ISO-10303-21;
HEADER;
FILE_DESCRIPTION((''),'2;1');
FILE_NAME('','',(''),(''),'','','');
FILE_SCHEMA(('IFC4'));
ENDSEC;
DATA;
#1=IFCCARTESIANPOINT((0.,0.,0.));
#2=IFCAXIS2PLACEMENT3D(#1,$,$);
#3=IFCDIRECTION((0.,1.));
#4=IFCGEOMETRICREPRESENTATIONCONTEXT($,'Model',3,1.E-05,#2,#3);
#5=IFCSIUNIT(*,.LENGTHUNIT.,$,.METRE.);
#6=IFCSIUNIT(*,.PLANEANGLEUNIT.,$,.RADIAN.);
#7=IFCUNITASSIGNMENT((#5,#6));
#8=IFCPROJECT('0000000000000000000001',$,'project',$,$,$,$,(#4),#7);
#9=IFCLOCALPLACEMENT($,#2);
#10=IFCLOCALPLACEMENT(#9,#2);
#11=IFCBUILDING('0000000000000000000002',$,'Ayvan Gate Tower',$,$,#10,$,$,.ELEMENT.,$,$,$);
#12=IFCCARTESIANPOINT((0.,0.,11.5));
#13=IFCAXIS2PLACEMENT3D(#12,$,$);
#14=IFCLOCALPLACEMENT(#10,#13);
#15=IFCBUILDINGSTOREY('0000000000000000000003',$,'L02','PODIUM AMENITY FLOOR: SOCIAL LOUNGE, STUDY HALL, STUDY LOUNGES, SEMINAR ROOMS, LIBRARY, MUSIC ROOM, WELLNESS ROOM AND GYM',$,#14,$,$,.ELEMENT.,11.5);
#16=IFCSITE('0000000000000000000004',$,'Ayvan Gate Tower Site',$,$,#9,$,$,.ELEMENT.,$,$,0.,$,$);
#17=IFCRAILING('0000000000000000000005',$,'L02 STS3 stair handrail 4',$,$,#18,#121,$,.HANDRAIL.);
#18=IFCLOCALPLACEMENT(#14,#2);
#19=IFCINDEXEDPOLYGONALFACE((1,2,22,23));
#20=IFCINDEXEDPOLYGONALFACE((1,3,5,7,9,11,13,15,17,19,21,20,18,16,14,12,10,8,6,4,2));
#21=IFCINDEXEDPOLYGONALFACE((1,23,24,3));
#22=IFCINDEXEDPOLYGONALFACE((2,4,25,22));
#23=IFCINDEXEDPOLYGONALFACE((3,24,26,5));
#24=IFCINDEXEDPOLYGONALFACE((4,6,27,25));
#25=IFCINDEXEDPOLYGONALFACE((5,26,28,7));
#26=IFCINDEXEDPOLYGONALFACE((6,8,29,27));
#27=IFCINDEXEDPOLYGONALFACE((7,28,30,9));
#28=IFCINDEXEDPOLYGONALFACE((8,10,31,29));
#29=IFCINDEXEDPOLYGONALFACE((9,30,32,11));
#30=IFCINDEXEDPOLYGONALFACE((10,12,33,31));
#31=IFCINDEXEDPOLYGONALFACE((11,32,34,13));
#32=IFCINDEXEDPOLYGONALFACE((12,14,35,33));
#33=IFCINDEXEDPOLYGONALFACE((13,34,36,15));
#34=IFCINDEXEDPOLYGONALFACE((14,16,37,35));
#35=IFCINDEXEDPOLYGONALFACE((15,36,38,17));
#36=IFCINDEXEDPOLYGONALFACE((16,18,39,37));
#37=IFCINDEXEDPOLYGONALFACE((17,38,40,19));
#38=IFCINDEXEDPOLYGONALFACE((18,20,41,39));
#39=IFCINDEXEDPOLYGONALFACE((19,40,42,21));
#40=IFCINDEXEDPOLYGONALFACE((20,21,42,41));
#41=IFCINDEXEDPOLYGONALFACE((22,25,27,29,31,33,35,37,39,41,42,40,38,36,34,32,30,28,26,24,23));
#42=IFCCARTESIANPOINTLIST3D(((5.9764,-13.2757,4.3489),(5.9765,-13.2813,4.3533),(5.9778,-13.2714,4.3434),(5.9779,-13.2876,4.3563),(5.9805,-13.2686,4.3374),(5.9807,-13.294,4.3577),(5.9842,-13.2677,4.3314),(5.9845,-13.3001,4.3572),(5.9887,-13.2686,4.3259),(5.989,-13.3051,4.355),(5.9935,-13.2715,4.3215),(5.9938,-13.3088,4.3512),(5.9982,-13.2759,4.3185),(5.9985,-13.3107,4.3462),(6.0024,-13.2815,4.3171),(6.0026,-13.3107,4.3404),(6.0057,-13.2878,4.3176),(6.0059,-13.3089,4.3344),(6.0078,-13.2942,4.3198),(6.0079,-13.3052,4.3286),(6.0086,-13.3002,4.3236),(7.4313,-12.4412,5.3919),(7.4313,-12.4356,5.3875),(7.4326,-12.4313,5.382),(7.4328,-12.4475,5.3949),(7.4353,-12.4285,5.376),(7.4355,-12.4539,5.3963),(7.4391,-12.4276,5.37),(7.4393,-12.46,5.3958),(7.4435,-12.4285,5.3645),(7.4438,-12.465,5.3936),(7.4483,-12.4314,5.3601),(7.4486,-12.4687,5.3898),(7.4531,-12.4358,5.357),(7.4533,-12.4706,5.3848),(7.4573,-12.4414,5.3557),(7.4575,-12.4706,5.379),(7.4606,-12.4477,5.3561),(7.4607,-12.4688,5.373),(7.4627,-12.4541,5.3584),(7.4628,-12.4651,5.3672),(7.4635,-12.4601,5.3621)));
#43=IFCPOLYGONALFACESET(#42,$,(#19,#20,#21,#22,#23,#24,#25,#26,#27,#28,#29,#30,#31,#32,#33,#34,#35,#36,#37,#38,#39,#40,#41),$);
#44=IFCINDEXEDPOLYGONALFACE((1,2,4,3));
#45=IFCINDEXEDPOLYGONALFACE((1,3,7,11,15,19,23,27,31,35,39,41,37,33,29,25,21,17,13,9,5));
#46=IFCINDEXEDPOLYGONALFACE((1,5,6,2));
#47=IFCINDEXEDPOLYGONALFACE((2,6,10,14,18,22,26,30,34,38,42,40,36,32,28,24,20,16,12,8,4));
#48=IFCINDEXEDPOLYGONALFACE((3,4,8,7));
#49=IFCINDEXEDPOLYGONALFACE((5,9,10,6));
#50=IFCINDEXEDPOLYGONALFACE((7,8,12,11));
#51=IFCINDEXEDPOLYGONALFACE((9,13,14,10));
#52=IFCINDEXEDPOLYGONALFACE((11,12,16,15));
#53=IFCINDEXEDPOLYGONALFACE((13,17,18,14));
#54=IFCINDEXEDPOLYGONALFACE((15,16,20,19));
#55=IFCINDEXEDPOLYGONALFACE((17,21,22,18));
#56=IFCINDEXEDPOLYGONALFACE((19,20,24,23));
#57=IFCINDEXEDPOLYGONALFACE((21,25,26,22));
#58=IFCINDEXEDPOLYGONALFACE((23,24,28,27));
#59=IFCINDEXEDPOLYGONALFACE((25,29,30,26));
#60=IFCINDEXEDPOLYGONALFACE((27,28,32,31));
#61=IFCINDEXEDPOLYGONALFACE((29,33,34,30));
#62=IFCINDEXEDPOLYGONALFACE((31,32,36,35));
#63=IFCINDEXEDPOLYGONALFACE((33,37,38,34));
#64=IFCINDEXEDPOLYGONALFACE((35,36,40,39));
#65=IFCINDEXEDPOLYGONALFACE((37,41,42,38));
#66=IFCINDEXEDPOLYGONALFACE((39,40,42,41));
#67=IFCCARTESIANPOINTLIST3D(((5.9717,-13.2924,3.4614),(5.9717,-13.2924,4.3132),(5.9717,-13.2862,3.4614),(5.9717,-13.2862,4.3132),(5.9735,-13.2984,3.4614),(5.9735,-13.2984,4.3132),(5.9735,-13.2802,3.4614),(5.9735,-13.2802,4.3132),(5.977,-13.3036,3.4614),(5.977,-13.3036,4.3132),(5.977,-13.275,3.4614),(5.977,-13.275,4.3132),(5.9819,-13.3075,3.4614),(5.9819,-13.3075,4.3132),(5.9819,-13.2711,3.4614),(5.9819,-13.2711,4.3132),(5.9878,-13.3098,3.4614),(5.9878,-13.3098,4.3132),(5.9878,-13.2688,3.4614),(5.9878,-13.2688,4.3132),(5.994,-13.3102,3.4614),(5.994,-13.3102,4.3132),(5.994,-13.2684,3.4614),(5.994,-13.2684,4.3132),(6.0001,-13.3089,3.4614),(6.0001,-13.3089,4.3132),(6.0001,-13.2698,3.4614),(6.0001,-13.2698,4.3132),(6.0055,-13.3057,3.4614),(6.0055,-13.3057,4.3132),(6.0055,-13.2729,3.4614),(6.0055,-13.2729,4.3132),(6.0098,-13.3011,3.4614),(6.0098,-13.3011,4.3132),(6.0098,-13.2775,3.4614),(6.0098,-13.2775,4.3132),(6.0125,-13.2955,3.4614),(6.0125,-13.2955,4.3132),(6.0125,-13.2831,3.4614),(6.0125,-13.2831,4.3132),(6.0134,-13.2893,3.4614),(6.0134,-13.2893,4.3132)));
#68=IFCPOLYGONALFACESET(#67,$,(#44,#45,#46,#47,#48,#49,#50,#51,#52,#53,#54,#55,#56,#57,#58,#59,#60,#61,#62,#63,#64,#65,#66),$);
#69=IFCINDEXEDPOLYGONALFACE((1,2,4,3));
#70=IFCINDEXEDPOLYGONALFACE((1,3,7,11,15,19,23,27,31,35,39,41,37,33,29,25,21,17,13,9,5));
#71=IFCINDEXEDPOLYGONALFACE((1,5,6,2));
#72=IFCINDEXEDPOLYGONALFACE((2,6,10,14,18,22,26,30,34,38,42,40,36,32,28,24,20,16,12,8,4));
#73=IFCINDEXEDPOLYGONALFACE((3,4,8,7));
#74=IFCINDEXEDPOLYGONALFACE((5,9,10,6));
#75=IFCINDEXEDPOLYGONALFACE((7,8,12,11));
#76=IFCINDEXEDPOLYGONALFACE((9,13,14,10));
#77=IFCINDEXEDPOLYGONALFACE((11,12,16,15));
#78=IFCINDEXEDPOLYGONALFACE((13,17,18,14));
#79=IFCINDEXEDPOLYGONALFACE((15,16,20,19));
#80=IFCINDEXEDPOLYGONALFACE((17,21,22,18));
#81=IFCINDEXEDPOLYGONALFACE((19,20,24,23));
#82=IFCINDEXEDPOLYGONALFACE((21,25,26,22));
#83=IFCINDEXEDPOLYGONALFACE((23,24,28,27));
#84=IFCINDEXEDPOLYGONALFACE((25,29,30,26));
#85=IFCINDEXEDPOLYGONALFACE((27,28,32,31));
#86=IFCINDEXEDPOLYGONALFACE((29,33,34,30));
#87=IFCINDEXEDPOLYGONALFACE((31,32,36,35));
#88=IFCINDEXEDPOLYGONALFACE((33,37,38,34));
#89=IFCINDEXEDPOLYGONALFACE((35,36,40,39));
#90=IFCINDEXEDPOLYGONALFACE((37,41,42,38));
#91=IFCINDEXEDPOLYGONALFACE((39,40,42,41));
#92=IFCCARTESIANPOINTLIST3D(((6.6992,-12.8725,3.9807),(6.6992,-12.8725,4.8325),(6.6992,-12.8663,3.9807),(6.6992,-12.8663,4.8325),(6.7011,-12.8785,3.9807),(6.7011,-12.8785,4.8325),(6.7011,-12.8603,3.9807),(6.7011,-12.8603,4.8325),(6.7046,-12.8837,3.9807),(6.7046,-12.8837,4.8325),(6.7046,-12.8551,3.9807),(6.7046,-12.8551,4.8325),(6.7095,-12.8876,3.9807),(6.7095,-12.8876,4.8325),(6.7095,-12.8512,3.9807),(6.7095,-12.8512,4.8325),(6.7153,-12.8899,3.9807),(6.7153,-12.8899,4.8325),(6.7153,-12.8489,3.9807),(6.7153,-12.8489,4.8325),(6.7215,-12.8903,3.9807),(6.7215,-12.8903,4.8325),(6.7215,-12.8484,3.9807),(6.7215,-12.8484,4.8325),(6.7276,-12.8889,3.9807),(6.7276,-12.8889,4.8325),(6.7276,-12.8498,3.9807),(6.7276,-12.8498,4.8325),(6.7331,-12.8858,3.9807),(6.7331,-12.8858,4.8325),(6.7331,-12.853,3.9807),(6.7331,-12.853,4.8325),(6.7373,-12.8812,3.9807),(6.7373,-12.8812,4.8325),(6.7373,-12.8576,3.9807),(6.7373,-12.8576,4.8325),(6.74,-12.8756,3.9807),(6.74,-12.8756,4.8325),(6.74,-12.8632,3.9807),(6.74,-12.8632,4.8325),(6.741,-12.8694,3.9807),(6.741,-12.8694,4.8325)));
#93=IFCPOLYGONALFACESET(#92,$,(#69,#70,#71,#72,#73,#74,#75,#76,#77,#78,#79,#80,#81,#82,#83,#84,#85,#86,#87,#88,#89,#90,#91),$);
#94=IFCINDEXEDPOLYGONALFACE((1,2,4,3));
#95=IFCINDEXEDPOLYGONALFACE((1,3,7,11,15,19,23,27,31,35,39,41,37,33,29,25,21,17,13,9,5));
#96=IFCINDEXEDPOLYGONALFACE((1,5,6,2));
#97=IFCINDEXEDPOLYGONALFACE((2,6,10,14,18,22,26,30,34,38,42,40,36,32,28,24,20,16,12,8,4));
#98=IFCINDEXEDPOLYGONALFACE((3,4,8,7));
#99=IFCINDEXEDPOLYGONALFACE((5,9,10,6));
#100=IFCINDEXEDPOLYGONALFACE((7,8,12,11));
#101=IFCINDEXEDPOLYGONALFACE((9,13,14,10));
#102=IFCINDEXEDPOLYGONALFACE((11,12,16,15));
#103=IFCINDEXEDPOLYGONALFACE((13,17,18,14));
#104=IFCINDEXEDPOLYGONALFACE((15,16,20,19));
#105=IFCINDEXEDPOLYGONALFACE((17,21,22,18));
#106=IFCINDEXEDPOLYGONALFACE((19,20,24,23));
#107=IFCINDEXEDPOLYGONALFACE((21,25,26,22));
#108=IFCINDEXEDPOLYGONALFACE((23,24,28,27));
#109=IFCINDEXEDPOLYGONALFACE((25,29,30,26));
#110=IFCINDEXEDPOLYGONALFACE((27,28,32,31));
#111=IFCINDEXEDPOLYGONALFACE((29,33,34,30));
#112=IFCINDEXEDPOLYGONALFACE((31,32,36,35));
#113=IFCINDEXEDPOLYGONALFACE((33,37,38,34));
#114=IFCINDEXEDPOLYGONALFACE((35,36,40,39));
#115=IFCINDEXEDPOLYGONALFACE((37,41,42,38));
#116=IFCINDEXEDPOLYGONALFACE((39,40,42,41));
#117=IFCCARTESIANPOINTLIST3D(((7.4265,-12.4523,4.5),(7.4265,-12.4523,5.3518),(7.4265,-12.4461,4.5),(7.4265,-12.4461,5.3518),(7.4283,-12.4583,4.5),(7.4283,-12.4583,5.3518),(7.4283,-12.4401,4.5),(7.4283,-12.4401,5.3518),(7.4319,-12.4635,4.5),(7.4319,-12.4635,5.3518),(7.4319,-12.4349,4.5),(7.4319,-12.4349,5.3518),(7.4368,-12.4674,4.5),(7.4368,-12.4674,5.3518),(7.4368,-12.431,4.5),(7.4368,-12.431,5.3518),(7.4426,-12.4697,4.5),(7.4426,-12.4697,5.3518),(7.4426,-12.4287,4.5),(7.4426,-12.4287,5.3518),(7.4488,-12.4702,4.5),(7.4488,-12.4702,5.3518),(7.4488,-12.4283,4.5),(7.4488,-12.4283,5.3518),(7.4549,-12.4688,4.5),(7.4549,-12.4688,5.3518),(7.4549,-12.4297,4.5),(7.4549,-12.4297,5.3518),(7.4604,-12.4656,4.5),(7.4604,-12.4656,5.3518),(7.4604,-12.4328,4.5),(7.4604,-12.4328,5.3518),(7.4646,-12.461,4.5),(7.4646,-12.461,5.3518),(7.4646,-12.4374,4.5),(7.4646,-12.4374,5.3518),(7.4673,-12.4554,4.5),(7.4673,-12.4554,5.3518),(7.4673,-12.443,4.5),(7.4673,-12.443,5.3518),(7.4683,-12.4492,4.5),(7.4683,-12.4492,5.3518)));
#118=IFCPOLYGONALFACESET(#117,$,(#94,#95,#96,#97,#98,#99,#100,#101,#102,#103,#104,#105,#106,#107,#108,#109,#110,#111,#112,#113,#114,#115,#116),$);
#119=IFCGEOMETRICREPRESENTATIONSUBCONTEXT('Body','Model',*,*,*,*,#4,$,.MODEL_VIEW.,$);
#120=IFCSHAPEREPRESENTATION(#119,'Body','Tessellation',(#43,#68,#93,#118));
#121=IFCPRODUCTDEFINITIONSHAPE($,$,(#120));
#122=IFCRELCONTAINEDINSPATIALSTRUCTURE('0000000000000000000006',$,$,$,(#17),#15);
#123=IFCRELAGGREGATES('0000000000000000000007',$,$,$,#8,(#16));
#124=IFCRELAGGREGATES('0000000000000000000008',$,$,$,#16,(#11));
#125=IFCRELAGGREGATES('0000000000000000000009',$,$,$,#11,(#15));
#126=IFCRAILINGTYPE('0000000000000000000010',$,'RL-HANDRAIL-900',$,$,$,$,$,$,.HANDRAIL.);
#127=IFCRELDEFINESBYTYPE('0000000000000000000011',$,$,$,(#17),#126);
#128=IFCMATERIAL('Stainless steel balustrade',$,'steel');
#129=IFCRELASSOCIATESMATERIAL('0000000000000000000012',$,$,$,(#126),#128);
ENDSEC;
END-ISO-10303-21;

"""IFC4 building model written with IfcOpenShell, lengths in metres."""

from ifc_helpers import new_model, si_unit, direction, frame, origin, origin_2d, place, context, subcontext, project, spatial, circle, extrude, material, type_object, element, save


model = new_model("IFC4")

# Units and contexts
model_context = context("Model", 3, precision=1e-05, world=origin(), true_north=direction((0.0, 1.0)))
body_context = subcontext(model_context, "Body", "Model", "MODEL_VIEW")
ifc_project = project(units=[si_unit("LENGTHUNIT", "METRE"), si_unit("PLANEANGLEUNIT", "RADIAN")], contexts=[model_context])

# Site, building, storey
site_placement = place(None, origin())
site = spatial("IfcSite", under=ifc_project, at=site_placement, Name="Ayvan Gate Tower Site", CompositionType="ELEMENT", RefElevation=0.0)
building_placement = place(site_placement, origin())
building = spatial("IfcBuilding", under=site, at=building_placement, Name="Ayvan Gate Tower", CompositionType="ELEMENT")
storey_placement = place(building_placement, frame((0.0, 0.0, 11.5)))
storey = spatial("IfcBuildingStorey", under=building, at=storey_placement, Name="L02", Description="PODIUM AMENITY FLOOR: SOCIAL LOUNGE, STUDY HALL, STUDY LOUNGES, SEMINAR ROOMS, LIBRARY, MUSIC ROOM, WELLNESS ROOM AND GYM", CompositionType="ELEMENT", Elevation=11.5)

# Railing
ifc_material_1 = material(Name="Stainless steel balustrade", Category="steel")
railing_type_1 = type_object("IfcRailingType", Name="RL-HANDRAIL-900", PredefinedType="HANDRAIL", material=ifc_material_1)
railing_1_placement = place(storey_placement, frame((5.9924, -13.2893, 3.4614)))
element("IfcRailing", 1, at=railing_1_placement, inside=storey, type_object=railing_type_1, Name="L02 STS3 stair handrail 4", PredefinedType="HANDRAIL", context=body_context, shape_type="SweptSolid", body=[
    extrude(circle(Radius=0.0239, at=origin_2d()), frame((0.0, 0.0, 0.876), z_axis=(0.736596, 0.425345, 0.52584), x_axis=(-0.500062, 0.86599, 0.0)), (0.0, 0.0, 1.0), 1.9751),
    extrude(circle(Radius=0.021, at=origin_2d()), origin(), (0.0, 0.0, 1.0), 0.8518),
    extrude(circle(Radius=0.021, at=origin_2d()), frame((0.7275, 0.4199, 0.5193)), (0.0, 0.0, 1.0), 0.8518),
    extrude(circle(Radius=0.021, at=origin_2d()), frame((1.4548, 0.8401, 1.0386)), (0.0, 0.0, 1.0), 0.8518),
])

save(model, "model.ifc")
